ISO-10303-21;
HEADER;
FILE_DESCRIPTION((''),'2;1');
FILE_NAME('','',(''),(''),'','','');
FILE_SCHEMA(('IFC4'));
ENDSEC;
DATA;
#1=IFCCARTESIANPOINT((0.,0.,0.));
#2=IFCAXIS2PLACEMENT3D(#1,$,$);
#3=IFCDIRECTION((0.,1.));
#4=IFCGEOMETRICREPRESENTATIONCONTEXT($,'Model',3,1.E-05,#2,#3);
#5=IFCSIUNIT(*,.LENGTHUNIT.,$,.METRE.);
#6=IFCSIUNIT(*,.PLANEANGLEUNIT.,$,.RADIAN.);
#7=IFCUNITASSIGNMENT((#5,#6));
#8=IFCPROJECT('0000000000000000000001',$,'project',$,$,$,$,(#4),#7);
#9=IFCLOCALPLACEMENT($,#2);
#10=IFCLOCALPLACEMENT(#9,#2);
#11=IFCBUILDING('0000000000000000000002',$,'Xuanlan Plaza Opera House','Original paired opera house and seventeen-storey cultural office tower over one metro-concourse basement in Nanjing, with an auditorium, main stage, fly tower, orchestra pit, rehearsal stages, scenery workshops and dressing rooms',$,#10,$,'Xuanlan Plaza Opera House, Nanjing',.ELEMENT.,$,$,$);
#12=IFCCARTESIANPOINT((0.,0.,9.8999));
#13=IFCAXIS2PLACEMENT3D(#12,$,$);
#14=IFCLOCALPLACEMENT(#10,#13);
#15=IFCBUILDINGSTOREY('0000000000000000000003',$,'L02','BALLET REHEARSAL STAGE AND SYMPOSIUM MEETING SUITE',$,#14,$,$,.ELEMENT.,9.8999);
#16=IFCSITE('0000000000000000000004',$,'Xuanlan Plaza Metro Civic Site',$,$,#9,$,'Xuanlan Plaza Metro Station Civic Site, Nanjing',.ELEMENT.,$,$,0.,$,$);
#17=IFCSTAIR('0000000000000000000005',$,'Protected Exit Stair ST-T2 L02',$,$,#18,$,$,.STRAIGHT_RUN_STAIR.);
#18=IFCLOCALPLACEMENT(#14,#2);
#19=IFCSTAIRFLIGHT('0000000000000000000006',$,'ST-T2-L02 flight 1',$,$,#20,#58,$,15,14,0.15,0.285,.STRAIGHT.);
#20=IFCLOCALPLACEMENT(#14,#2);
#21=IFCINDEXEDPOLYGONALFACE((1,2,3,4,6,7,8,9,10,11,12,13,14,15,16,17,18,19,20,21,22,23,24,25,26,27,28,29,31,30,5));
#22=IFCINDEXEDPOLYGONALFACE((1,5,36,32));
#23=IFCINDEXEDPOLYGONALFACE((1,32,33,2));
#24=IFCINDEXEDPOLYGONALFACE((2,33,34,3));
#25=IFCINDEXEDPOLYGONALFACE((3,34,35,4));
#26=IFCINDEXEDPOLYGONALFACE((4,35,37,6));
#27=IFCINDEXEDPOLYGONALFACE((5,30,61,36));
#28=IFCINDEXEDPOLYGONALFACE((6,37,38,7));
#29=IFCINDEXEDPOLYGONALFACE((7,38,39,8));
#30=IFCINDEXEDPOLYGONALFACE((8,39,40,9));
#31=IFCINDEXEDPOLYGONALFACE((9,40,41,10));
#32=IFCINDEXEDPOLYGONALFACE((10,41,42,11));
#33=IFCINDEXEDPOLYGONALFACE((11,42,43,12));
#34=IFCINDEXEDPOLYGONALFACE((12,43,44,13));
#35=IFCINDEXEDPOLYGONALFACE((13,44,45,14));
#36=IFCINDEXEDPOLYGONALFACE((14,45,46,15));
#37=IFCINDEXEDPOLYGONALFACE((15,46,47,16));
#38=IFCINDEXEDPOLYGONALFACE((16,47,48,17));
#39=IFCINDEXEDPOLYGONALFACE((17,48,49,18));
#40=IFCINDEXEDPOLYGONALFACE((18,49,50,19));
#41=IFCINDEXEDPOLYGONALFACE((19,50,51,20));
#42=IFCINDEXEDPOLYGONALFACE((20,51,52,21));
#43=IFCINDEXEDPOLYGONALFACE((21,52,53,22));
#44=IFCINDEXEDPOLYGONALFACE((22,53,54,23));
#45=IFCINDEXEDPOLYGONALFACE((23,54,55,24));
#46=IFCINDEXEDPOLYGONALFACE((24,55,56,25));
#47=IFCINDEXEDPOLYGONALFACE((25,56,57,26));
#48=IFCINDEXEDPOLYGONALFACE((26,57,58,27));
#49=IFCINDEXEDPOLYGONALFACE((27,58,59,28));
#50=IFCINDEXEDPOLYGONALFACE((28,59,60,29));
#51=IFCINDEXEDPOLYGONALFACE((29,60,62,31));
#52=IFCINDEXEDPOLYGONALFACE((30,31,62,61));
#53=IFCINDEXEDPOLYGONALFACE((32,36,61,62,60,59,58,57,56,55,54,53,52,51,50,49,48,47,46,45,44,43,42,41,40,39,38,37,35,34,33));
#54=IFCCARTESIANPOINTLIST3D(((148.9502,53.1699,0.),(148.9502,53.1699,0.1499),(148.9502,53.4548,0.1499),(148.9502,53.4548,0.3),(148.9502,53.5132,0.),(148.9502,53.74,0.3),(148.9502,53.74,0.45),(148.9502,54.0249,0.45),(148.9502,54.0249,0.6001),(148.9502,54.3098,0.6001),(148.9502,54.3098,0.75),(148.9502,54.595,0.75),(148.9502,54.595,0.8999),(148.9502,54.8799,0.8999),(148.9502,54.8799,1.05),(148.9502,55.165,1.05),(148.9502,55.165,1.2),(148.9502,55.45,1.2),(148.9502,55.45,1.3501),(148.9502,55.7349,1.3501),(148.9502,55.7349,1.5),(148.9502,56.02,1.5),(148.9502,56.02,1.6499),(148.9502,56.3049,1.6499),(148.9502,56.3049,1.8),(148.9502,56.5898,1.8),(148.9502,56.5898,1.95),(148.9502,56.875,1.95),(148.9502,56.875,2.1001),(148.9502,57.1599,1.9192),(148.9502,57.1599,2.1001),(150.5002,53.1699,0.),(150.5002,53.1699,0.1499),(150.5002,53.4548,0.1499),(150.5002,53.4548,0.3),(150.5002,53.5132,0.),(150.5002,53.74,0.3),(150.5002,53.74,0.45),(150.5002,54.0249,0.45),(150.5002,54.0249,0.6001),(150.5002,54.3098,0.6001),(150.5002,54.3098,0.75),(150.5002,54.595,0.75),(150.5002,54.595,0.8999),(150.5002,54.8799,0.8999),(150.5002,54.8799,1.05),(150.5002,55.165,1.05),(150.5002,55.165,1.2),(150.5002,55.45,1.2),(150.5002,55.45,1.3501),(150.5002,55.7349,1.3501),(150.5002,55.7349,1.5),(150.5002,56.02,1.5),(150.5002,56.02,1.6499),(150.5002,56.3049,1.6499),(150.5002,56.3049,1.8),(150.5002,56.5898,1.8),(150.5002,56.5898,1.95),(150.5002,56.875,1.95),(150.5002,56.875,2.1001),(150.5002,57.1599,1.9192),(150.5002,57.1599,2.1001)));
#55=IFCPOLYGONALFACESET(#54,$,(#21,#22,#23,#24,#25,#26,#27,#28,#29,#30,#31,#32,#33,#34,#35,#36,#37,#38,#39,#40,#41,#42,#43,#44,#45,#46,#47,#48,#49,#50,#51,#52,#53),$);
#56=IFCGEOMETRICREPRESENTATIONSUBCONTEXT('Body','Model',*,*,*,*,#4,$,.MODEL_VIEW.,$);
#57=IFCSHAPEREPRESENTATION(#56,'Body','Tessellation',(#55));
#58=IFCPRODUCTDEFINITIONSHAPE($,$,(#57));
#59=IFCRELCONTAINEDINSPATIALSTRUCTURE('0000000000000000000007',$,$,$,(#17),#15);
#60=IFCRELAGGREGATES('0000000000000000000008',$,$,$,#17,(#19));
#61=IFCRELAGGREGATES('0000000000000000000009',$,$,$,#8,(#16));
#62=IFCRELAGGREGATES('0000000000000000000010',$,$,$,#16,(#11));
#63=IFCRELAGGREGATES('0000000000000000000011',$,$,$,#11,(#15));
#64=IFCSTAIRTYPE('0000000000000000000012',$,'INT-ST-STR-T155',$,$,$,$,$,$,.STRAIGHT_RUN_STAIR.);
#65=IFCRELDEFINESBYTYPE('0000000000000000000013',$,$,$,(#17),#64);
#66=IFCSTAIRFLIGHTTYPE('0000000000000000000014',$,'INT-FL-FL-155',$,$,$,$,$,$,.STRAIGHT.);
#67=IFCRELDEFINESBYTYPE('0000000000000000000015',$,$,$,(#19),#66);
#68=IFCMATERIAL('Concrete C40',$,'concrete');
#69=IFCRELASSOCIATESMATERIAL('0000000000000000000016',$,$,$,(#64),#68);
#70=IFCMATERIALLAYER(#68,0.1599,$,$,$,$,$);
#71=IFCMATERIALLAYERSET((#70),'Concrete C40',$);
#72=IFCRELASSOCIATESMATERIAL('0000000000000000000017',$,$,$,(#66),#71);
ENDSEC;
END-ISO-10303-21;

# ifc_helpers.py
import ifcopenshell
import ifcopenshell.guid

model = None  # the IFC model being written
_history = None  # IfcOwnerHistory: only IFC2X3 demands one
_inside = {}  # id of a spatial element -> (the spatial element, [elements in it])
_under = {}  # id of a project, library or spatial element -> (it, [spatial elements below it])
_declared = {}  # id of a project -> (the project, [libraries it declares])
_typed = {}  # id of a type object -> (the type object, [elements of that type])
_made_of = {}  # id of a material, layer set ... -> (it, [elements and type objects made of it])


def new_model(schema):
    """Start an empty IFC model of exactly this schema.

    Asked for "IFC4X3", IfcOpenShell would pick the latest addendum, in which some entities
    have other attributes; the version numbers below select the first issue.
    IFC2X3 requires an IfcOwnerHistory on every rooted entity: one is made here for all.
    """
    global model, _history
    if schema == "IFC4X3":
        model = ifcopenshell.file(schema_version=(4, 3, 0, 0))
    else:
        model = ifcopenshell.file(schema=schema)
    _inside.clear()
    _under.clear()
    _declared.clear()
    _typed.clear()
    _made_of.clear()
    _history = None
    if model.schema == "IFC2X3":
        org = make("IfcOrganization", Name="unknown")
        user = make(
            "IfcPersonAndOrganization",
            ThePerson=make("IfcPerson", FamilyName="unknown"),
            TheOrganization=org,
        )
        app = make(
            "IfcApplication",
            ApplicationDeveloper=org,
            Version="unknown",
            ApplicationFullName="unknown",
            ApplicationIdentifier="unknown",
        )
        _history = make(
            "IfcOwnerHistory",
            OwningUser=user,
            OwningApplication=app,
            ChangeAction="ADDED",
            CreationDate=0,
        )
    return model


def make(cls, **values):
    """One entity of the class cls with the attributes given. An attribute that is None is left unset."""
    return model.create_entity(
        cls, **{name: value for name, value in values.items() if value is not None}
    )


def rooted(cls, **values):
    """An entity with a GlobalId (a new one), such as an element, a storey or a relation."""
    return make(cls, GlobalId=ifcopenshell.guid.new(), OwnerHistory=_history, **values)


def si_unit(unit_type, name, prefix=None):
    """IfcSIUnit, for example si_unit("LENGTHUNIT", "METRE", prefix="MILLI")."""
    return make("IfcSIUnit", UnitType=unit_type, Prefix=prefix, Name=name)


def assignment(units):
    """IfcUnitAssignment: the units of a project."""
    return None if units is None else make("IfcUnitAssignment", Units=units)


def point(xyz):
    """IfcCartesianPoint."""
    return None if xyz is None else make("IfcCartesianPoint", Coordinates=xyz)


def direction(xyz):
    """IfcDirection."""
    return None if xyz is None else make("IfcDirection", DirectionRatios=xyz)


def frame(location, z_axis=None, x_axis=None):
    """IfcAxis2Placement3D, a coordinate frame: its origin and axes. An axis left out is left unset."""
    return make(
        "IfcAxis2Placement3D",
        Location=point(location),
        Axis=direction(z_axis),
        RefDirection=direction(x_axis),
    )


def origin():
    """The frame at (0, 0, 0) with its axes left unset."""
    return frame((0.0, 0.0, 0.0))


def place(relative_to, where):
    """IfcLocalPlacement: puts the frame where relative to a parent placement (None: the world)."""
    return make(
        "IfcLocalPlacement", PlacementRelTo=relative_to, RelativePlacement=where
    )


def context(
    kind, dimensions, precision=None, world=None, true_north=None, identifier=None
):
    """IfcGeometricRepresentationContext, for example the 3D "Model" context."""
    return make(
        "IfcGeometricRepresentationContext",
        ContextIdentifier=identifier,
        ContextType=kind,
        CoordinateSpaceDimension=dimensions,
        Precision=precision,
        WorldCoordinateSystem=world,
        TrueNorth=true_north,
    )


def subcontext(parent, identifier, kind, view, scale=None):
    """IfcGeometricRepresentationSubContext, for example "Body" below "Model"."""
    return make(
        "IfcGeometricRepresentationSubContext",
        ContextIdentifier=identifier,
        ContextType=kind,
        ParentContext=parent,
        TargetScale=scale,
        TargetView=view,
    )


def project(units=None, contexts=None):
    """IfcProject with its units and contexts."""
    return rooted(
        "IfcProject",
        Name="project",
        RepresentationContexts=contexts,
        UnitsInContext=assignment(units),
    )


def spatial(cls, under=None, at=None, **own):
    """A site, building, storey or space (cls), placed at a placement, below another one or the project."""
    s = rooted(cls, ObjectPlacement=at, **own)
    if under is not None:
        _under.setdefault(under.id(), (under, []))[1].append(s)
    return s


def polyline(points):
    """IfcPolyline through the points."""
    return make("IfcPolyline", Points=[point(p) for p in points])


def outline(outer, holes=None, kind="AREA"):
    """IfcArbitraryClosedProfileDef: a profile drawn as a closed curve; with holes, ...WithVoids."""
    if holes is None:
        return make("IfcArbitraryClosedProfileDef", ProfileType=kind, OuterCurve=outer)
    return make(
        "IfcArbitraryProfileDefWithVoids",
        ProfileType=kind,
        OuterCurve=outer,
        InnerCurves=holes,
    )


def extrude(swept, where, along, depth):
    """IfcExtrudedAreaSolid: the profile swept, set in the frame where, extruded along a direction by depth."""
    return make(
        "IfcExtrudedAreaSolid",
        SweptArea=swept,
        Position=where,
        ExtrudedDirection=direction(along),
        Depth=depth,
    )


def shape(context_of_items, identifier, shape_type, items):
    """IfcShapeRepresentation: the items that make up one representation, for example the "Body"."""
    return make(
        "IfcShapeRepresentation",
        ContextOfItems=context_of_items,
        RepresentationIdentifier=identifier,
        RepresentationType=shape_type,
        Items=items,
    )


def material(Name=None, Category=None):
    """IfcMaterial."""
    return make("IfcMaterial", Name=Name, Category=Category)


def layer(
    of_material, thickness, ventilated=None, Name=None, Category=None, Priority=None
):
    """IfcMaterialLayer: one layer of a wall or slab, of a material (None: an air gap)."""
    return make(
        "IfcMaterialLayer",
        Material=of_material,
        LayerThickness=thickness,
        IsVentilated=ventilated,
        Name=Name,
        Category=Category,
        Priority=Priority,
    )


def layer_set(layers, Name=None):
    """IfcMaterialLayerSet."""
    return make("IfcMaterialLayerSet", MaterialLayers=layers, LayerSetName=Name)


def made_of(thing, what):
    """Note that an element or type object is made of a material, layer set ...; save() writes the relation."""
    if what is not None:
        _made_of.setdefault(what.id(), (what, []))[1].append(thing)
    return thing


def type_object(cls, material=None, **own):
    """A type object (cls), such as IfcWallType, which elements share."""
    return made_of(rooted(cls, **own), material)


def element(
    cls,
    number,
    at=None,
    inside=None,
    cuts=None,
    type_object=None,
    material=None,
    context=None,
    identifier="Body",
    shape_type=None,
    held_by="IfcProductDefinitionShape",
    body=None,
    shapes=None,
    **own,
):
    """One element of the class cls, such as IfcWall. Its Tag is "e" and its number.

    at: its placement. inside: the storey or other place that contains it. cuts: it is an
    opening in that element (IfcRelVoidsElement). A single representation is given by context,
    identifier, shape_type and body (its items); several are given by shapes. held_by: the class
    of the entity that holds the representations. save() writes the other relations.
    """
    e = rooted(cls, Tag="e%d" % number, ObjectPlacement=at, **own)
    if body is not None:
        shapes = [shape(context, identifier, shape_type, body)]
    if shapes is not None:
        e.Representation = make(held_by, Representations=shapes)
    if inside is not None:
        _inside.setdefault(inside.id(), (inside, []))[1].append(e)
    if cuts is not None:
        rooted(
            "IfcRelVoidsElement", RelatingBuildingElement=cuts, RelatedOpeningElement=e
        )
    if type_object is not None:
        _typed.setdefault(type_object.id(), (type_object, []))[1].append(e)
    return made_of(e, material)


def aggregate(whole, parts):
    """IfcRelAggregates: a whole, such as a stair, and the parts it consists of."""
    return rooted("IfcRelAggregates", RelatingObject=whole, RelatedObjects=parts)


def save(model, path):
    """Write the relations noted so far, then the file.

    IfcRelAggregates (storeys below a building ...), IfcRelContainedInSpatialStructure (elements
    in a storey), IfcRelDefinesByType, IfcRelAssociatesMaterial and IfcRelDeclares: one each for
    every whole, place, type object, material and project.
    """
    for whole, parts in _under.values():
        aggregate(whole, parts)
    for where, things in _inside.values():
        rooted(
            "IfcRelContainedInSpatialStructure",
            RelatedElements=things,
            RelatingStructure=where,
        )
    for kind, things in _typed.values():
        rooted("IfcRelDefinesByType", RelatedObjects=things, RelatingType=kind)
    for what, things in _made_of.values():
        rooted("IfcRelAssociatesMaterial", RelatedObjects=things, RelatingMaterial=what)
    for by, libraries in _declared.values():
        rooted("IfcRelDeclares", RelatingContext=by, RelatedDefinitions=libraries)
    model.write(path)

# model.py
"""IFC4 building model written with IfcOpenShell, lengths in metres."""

from ifc_helpers import new_model, si_unit, direction, frame, origin, place, context, subcontext, project, spatial, polyline, outline, extrude, material, layer, layer_set, type_object, element, aggregate, save


model = new_model("IFC4")

# Units and contexts
model_context = context("Model", 3, precision=1e-05, world=origin(), true_north=direction((0.0, 1.0)))
body_context = subcontext(model_context, "Body", "Model", "MODEL_VIEW")
ifc_project = project(units=[si_unit("LENGTHUNIT", "METRE"), si_unit("PLANEANGLEUNIT", "RADIAN")], contexts=[model_context])

# Site, building, storey
site_placement = place(None, origin())
site = spatial("IfcSite", under=ifc_project, at=site_placement, Name="Xuanlan Plaza Metro Civic Site", LongName="Xuanlan Plaza Metro Station Civic Site, Nanjing", CompositionType="ELEMENT", RefElevation=0.0)
building_placement = place(site_placement, origin())
building = spatial("IfcBuilding", under=site, at=building_placement, Name="Xuanlan Plaza Opera House", Description="Original paired opera house and seventeen-storey cultural office tower over one metro-concourse basement in Nanjing, with an auditorium, main stage, fly tower, orchestra pit, rehearsal stages, scenery workshops and dressing rooms", LongName="Xuanlan Plaza Opera House, Nanjing", CompositionType="ELEMENT")
storey_placement = place(building_placement, frame((0.0, 0.0, 9.8999)))
storey = spatial("IfcBuildingStorey", under=building, at=storey_placement, Name="L02", Description="BALLET REHEARSAL STAGE AND SYMPOSIUM MEETING SUITE", CompositionType="ELEMENT", Elevation=9.8999)

# Shared definitions
ifc_material_1 = material(Name="Concrete C40", Category="concrete")

# Stair, stair flight
stair_type = type_object("IfcStairType", Name="INT-ST-STR-T155", PredefinedType="STRAIGHT_RUN_STAIR", material=ifc_material_1)
stair_placement = place(storey_placement, origin())
stair = element("IfcStair", 1, at=stair_placement, inside=storey, type_object=stair_type, Name="Protected Exit Stair ST-T2 L02", PredefinedType="STRAIGHT_RUN_STAIR")
ifc_layer_1 = layer(ifc_material_1, 0.1599)
ifc_layer_set_1 = layer_set([ifc_layer_1], Name="Concrete C40")
stair_flight_type = type_object("IfcStairFlightType", Name="INT-FL-FL-155", PredefinedType="STRAIGHT", material=ifc_layer_set_1)
stair_flight_placement = place(storey_placement, frame((149.7251, 53.1699, 0.0), z_axis=(0.0, 0.0, 1.0), x_axis=(0.0, 1.0, 0.0)))
stair_flight = element("IfcStairFlight", 2, at=stair_flight_placement, type_object=stair_flight_type, Name="ST-T2-L02 flight 1", NumberOfRisers=15, NumberOfTreads=14, PredefinedType="STRAIGHT", RiserHeight=0.15, TreadLength=0.285, context=body_context, shape_type="SweptSolid", body=[
    extrude(outline(polyline([(0.0, 0.0), (0.0, 0.1499), (0.2849, 0.1499), (0.2849, 0.3), (0.5701, 0.3), (0.5701, 0.45), (0.855, 0.45), (0.855, 0.6001), (1.1399, 0.6001), (1.1399, 0.75), (1.425, 0.75), (1.425, 0.8999), (1.71, 0.8999), (1.71, 1.05), (1.9951, 1.05), (1.9951, 1.2), (2.28, 1.2), (2.28, 1.3501), (2.5649, 1.3501), (2.5649, 1.5), (2.8501, 1.5), (2.8501, 1.6499), (3.135, 1.6499), (3.135, 1.8), (3.4199, 1.8), (3.4199, 1.95), (3.7051, 1.95), (3.7051, 2.1001), (3.99, 2.1001), (3.99, 2.25), (3.99, 1.9192), (0.3433, 0.0), (0.0, 0.0)])), frame((0.0, 0.7749, 0.0), z_axis=(0.0, -1.0, 0.0), x_axis=(1.0, 0.0, 0.0)), (0.0, 0.0, 1.0), 1.55),
])
aggregate(stair, [stair_flight])

save(model, "model.ifc")
